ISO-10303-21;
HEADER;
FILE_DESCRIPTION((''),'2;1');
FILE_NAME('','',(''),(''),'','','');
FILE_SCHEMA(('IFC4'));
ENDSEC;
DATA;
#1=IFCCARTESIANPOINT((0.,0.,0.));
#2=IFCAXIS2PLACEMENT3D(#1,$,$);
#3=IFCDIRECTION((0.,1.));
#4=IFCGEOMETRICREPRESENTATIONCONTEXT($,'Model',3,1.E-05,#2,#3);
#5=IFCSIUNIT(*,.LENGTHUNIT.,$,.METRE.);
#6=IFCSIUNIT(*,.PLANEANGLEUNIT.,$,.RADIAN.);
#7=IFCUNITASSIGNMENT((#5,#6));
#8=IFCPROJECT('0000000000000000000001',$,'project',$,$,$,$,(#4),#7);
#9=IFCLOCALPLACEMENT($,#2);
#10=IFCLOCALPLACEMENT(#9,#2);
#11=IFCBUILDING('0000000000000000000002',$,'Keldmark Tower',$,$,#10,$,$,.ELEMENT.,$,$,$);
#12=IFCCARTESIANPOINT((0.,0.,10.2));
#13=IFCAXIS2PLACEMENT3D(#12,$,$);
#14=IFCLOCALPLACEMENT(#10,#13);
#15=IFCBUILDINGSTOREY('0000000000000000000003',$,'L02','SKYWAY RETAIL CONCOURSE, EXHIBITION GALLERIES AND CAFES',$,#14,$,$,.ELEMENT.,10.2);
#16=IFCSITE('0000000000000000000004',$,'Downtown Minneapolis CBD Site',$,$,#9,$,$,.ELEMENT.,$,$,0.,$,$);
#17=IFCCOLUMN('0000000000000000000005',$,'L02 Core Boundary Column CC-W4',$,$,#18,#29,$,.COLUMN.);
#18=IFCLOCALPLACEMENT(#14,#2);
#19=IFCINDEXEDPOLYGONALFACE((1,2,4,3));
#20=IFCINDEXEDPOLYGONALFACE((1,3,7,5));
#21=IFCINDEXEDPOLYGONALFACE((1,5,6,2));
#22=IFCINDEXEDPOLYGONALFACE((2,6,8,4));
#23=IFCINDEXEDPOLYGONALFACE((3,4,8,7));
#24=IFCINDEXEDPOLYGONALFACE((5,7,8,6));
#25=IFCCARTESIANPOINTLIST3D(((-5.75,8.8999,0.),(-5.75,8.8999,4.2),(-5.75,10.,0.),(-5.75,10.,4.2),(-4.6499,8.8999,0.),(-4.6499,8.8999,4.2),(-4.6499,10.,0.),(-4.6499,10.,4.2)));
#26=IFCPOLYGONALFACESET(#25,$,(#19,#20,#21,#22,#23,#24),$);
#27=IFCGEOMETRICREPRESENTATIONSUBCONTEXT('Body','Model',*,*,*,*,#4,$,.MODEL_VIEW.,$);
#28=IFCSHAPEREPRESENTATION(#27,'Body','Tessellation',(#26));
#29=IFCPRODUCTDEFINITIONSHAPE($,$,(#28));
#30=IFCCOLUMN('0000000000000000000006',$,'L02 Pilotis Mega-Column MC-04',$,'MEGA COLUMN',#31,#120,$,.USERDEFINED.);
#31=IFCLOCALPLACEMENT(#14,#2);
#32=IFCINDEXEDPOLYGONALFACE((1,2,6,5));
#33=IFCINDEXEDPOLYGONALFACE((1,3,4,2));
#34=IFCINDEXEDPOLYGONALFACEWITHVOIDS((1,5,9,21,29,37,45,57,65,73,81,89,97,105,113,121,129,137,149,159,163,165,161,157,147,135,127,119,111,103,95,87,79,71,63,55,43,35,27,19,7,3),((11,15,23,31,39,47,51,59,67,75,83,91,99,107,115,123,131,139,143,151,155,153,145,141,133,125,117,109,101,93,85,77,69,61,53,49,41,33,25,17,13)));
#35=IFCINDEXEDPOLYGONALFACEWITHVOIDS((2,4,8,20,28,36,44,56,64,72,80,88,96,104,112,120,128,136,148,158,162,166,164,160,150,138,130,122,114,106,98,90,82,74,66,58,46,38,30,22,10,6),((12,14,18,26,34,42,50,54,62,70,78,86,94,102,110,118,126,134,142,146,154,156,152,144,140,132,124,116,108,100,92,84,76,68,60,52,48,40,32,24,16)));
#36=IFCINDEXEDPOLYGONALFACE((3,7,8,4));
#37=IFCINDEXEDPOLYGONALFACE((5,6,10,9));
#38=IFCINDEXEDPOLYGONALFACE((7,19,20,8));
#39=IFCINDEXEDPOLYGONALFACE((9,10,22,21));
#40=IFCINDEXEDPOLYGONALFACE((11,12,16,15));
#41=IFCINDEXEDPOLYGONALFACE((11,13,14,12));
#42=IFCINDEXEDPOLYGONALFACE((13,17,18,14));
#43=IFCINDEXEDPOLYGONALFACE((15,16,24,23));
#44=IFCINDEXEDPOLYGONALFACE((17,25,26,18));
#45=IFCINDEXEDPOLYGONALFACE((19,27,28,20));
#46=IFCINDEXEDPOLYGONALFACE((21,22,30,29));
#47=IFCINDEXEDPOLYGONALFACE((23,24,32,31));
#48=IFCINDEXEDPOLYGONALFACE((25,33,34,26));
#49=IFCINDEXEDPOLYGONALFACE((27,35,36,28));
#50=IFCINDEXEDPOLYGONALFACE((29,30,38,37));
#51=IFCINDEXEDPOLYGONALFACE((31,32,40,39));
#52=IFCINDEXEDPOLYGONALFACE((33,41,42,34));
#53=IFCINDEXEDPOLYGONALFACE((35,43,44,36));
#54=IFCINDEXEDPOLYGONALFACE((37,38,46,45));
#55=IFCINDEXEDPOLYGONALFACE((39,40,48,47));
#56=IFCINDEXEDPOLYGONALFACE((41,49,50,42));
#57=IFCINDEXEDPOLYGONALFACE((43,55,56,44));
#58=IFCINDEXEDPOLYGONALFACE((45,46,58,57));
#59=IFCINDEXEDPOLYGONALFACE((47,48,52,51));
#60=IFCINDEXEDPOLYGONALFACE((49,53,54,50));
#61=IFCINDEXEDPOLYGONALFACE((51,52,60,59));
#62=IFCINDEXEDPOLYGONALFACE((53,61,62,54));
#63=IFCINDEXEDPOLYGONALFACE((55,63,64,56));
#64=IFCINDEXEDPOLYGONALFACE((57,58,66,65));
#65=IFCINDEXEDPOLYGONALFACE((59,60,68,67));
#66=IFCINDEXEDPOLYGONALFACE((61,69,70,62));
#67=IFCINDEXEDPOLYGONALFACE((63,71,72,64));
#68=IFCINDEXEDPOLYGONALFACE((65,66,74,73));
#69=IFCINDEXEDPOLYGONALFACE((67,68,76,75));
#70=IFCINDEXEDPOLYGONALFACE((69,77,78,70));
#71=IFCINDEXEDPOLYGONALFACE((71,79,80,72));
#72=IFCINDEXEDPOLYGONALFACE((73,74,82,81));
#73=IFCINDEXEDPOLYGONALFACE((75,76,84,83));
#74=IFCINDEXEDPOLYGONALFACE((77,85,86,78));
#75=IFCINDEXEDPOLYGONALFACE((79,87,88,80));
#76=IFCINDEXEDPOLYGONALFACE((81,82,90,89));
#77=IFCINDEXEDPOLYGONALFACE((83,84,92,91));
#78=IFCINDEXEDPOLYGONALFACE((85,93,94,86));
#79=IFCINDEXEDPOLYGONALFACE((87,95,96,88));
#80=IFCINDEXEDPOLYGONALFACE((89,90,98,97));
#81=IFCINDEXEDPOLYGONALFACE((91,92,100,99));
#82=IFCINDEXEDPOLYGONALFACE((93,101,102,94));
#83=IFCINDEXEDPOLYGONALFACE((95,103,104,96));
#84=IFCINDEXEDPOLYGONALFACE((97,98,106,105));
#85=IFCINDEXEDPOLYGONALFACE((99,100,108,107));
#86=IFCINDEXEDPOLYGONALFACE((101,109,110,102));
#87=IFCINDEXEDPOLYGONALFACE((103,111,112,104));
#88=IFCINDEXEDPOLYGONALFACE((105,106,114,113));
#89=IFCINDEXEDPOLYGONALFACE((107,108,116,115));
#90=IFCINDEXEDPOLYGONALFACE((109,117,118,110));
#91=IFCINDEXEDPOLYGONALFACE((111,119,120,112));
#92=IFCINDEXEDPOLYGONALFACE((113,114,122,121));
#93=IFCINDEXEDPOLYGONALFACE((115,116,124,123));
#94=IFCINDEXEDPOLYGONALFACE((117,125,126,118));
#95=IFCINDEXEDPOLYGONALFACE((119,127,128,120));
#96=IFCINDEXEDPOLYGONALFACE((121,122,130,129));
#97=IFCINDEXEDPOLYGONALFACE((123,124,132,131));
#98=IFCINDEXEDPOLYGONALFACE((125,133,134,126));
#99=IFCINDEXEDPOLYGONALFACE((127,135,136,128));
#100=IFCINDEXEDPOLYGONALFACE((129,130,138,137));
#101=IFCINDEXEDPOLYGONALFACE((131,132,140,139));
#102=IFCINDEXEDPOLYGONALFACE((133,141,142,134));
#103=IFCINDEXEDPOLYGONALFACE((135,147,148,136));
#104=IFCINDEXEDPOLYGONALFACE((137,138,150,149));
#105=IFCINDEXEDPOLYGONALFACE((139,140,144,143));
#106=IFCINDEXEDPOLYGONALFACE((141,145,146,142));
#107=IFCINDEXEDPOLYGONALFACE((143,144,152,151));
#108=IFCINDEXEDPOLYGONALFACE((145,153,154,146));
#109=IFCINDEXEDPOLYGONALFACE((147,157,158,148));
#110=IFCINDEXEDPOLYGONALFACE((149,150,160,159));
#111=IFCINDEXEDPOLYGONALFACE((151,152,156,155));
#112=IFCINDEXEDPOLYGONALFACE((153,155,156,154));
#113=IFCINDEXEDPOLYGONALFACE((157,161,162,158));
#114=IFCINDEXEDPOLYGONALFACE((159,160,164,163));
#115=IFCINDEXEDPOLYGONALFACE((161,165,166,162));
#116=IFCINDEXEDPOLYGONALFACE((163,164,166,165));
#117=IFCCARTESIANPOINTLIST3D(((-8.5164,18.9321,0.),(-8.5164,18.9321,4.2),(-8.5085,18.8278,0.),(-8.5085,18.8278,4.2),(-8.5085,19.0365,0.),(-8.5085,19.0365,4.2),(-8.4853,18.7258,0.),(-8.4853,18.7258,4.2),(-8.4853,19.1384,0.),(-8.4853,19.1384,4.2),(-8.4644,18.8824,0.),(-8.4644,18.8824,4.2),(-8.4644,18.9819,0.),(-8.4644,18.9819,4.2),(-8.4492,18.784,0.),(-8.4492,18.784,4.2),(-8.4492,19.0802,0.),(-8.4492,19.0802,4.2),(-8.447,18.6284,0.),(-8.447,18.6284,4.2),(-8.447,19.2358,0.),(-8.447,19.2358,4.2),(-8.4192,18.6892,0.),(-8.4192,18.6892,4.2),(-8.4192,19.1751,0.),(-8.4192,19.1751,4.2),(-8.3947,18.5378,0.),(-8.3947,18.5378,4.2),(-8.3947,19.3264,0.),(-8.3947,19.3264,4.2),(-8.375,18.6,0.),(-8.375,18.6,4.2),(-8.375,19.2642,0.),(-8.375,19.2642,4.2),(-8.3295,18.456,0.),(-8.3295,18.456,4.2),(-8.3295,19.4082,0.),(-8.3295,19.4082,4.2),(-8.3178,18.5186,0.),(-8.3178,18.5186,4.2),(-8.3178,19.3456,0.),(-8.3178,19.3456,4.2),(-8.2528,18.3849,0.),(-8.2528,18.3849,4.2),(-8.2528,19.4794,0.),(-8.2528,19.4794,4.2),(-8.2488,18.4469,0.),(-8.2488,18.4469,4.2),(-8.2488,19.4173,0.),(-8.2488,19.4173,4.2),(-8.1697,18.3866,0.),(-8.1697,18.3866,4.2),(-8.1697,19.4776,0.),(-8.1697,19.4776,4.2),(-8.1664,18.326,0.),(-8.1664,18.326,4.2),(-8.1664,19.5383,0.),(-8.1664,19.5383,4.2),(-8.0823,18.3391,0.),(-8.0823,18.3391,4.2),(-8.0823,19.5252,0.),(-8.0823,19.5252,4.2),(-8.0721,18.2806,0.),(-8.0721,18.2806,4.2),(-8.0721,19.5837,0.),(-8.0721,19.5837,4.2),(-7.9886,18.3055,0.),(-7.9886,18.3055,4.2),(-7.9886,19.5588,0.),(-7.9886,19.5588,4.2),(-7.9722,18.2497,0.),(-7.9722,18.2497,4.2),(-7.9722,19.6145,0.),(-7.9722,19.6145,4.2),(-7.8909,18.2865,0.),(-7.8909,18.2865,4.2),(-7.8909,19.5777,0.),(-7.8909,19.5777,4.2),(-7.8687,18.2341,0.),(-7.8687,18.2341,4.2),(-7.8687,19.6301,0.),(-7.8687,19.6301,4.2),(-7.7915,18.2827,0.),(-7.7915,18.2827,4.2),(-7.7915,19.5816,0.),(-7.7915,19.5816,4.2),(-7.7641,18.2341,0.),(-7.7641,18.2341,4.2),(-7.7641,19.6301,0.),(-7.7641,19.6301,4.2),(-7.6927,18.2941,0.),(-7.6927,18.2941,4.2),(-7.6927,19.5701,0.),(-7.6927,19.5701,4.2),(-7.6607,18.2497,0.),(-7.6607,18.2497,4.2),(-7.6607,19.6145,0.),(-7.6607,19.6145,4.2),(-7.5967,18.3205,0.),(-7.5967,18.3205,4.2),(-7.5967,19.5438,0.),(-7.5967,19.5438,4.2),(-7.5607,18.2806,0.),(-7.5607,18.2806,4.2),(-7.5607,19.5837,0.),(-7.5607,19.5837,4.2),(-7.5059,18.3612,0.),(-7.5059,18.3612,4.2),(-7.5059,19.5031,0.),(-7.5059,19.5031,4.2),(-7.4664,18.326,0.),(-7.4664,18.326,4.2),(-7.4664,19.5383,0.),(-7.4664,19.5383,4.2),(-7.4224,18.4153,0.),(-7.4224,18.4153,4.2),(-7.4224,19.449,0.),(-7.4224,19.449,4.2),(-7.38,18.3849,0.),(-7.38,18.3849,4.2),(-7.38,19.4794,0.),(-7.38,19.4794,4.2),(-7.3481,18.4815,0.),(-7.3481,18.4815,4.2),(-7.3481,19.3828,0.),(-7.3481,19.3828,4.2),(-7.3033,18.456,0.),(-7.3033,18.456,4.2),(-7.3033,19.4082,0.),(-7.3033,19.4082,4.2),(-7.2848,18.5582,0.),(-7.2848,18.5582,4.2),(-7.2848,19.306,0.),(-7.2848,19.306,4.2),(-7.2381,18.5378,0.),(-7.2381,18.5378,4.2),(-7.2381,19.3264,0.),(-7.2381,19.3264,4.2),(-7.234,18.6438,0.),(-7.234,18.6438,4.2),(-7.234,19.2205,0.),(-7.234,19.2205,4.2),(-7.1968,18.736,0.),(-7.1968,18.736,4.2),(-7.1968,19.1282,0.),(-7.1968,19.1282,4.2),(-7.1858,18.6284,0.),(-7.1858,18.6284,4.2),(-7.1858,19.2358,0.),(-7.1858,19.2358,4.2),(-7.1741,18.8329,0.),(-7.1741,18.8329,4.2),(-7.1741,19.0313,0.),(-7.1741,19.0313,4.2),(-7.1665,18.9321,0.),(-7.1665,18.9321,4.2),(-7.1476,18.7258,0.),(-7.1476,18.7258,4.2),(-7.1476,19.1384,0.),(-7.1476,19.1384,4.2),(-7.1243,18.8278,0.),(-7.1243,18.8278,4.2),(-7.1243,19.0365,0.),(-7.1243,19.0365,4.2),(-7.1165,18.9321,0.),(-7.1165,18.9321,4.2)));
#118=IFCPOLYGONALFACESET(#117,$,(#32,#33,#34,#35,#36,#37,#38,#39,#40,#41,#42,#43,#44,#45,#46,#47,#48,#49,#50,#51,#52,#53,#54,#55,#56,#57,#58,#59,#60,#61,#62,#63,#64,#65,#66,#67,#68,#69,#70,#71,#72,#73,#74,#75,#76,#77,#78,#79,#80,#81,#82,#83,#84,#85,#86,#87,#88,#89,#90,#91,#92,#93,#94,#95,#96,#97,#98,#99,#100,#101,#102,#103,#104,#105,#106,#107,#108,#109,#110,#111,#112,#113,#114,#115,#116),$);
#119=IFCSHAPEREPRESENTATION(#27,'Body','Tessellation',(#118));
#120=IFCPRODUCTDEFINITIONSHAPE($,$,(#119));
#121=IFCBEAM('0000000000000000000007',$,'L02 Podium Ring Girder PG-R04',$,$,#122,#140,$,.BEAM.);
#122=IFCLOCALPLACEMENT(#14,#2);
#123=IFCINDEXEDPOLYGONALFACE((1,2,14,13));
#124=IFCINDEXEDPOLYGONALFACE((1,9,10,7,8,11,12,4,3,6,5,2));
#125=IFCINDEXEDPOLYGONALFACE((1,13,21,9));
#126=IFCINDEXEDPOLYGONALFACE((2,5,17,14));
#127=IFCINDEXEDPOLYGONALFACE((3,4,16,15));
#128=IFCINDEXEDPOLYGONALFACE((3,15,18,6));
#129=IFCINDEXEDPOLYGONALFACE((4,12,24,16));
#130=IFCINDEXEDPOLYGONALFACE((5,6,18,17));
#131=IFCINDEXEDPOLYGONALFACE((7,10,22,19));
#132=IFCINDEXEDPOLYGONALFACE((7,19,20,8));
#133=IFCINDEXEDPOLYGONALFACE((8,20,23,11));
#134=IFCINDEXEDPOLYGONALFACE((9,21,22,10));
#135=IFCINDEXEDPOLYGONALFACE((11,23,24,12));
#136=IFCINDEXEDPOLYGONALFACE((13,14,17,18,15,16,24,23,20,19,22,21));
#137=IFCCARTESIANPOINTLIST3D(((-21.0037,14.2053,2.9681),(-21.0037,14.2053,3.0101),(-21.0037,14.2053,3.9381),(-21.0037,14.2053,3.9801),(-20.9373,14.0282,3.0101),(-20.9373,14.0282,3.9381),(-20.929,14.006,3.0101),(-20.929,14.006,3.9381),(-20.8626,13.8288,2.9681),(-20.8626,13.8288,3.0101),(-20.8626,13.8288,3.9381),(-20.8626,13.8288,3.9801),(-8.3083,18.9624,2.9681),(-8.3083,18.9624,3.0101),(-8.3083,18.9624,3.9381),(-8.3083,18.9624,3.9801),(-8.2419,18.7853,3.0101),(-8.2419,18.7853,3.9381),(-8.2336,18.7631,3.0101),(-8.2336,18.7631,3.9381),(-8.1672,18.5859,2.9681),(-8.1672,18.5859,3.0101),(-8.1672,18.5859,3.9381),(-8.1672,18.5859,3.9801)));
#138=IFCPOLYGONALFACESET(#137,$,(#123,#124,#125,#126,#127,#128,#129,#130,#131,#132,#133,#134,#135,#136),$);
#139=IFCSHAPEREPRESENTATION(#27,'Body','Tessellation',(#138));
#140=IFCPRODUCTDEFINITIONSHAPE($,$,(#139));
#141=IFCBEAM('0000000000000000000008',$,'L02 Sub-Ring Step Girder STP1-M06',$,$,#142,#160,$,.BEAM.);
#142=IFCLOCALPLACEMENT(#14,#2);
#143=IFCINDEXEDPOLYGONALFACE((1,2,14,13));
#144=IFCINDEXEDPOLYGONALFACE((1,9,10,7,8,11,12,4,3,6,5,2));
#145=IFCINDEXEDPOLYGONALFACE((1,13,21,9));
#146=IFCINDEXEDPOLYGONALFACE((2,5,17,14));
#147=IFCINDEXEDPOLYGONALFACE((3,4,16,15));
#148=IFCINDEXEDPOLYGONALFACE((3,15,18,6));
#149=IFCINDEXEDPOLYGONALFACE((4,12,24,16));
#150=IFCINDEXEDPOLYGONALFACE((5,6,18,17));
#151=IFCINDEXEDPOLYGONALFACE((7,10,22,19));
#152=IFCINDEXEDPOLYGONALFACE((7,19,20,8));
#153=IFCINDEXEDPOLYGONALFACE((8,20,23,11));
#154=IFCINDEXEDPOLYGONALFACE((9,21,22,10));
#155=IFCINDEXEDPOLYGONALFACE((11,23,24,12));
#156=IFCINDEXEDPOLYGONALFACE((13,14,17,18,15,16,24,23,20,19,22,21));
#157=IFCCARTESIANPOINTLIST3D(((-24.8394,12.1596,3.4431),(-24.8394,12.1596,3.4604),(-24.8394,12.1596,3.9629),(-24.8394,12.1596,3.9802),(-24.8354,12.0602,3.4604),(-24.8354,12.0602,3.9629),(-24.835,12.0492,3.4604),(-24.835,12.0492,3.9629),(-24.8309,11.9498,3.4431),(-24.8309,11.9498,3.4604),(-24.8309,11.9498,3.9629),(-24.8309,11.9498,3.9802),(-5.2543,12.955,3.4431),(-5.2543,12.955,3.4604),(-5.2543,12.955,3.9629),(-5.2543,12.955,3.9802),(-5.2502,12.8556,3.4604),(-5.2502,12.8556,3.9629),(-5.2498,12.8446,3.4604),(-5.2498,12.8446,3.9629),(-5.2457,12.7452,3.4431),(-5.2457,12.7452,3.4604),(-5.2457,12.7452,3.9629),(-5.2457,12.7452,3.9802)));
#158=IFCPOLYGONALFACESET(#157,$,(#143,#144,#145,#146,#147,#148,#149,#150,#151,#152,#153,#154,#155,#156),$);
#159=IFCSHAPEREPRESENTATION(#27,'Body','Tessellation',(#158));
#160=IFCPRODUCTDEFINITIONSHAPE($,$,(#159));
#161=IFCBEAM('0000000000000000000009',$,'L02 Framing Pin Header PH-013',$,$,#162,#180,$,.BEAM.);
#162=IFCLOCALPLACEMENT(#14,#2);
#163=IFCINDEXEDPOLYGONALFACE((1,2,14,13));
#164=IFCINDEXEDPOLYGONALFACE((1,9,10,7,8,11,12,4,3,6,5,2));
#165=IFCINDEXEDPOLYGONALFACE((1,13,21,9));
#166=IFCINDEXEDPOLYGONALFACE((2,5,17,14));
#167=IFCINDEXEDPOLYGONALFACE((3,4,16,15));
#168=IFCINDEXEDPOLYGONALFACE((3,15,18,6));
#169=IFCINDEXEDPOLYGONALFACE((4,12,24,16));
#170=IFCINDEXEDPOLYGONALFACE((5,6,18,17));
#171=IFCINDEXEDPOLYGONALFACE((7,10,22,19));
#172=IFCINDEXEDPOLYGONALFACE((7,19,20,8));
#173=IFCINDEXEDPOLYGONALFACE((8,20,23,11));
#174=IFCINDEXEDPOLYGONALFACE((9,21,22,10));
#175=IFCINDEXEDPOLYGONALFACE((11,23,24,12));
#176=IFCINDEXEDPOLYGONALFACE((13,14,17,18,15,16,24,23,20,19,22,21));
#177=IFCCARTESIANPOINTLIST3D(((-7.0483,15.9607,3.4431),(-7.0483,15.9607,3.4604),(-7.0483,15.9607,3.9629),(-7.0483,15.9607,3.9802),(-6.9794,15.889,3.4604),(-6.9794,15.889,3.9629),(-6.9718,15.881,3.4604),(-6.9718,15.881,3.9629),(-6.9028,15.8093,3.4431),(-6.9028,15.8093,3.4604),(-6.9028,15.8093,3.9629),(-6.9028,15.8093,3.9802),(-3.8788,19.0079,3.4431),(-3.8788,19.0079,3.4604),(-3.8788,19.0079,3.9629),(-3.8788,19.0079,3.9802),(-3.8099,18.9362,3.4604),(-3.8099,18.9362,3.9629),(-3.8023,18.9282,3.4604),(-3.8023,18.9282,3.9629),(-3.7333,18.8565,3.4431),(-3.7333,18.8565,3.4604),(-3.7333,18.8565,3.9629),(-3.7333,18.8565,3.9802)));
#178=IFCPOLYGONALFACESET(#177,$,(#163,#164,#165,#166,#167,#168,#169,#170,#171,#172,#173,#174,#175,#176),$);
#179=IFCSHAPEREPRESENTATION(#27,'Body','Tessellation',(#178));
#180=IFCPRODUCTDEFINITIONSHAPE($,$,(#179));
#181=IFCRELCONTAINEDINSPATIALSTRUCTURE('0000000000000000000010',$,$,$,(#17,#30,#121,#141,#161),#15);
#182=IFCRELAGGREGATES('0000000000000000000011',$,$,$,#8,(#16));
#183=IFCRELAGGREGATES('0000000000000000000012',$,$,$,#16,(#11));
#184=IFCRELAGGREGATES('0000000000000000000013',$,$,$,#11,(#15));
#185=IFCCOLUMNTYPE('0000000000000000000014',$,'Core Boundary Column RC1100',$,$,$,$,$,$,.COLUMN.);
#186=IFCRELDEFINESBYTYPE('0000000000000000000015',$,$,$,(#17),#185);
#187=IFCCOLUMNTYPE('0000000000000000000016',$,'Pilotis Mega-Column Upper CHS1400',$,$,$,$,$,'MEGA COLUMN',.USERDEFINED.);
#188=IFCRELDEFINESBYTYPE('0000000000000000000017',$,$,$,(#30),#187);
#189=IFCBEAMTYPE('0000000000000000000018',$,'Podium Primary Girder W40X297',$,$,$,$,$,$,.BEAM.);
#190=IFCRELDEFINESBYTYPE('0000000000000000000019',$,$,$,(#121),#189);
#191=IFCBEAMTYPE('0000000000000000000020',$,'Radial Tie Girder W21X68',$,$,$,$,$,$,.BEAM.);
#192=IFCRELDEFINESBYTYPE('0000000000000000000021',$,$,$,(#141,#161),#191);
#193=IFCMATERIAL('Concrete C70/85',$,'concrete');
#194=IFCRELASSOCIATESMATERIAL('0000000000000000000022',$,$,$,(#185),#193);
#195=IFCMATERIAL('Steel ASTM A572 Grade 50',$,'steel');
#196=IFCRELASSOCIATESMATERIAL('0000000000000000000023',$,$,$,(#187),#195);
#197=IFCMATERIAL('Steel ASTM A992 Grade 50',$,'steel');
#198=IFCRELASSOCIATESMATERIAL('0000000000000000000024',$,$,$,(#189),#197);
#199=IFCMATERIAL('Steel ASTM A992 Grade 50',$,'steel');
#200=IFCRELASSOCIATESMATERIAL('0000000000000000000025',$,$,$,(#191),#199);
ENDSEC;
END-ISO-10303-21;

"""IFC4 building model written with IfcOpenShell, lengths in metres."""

from ifc_helpers import new_model, si_unit, direction, frame, origin, origin_2d, place, context, subcontext, project, spatial, rectangle, hollow_circle, i_section, extrude, material, material_profile, profile_set, type_object, element, save


model = new_model("IFC4")

# Units and contexts
model_context = context("Model", 3, precision=1e-05, world=origin(), true_north=direction((0.0, 1.0)))
body_context = subcontext(model_context, "Body", "Model", "MODEL_VIEW")
ifc_project = project(units=[si_unit("LENGTHUNIT", "METRE"), si_unit("PLANEANGLEUNIT", "RADIAN")], contexts=[model_context])

# Site, building, storey
site_placement = place(None, origin())
site = spatial("IfcSite", under=ifc_project, at=site_placement, Name="Downtown Minneapolis CBD Site", CompositionType="ELEMENT", RefElevation=0.0)
building_placement = place(site_placement, origin())
building = spatial("IfcBuilding", under=site, at=building_placement, Name="Keldmark Tower", CompositionType="ELEMENT")
storey_placement = place(building_placement, frame((0.0, 0.0, 10.2)))
storey = spatial("IfcBuildingStorey", under=building, at=storey_placement, Name="L02", Description="SKYWAY RETAIL CONCOURSE, EXHIBITION GALLERIES AND CAFES", CompositionType="ELEMENT", Elevation=10.2)

# Columns
ifc_material_1 = material(Name="Concrete C70/85", Category="concrete")
ifc_material_profile_1 = material_profile(ifc_material_1, rectangle(XDim=1.1001, YDim=1.1001, at=origin_2d()), Name="RC1100X1100")
ifc_profile_set_1 = profile_set([ifc_material_profile_1], Name="Concrete C70/85")
column_type_1 = type_object("IfcColumnType", Name="Core Boundary Column RC1100", PredefinedType="COLUMN", material=ifc_profile_set_1)
column_1_placement = place(storey_placement, frame((-5.2, 9.45, 0.0), z_axis=(0.0, 0.0, 1.0), x_axis=(1.0, 0.0, 0.0)))
element("IfcColumn", 1, at=column_1_placement, inside=storey, type_object=column_type_1, Name="L02 Core Boundary Column CC-W4", PredefinedType="COLUMN", context=body_context, shape_type="SweptSolid", body=[
    extrude(rectangle(XDim=1.1001, YDim=1.1001, at=origin_2d()), origin(), (0.0, 0.0, 1.0), 4.2),
])
ifc_material_2 = material(Name="Steel ASTM A572 Grade 50", Category="steel")
ifc_material_profile_2 = material_profile(ifc_material_2, hollow_circle(Radius=0.7, WallThickness=0.05, at=origin_2d()), Name="CHS1400X50")
ifc_profile_set_2 = profile_set([ifc_material_profile_2], Name="Steel ASTM A572 Grade 50")
column_type_2 = type_object("IfcColumnType", Name="Pilotis Mega-Column Upper CHS1400", ElementType="MEGA COLUMN", PredefinedType="USERDEFINED", material=ifc_profile_set_2)
column_2_placement = place(storey_placement, frame((-7.8164, 18.9321, 0.0), z_axis=(0.0, 0.0, 1.0), x_axis=(1.0, 0.0, 0.0)))
element("IfcColumn", 2, at=column_2_placement, inside=storey, type_object=column_type_2, Name="L02 Pilotis Mega-Column MC-04", ObjectType="MEGA COLUMN", PredefinedType="USERDEFINED", context=body_context, shape_type="SweptSolid", body=[
    extrude(hollow_circle(Radius=0.7, WallThickness=0.05, at=origin_2d()), origin(), (0.0, 0.0, 1.0), 4.2),
])

# Beams
ifc_material_3 = material(Name="Steel ASTM A992 Grade 50", Category="steel")
ifc_material_profile_3 = material_profile(ifc_material_3, i_section(OverallWidth=0.4021, OverallDepth=1.012, WebThickness=0.0237, FlangeThickness=0.042, at=origin_2d()), Name="W40X297")
ifc_profile_set_3 = profile_set([ifc_material_profile_3], Name="Steel ASTM A992 Grade 50")
beam_type_1 = type_object("IfcBeamType", Name="Podium Primary Girder W40X297", PredefinedType="BEAM", material=ifc_profile_set_3)
beam_1_placement = place(storey_placement, frame((-8.2378, 18.7742, 3.4741), z_axis=(-0.936418, -0.350887, 0.0), x_axis=(0.350887, -0.936418, 0.0)))
element("IfcBeam", 3, at=beam_1_placement, inside=storey, type_object=beam_type_1, Name="L02 Podium Ring Girder PG-R04", PredefinedType="BEAM", context=body_context, shape_type="SweptSolid", body=[
    extrude(i_section(OverallWidth=0.4021, OverallDepth=1.012, WebThickness=0.0237, FlangeThickness=0.042, at=origin_2d()), origin(), (0.0, 0.0, 1.0), 13.5574),
])
ifc_material_4 = material(Name="Steel ASTM A992 Grade 50", Category="steel")
ifc_material_profile_4 = material_profile(ifc_material_4, i_section(OverallWidth=0.21, OverallDepth=0.5371, WebThickness=0.011, FlangeThickness=0.0173, at=origin_2d()), Name="W21X68")
ifc_profile_set_4 = profile_set([ifc_material_profile_4], Name="Steel ASTM A992 Grade 50")
beam_type_2 = type_object("IfcBeamType", Name="Radial Tie Girder W21X68", PredefinedType="BEAM", material=ifc_profile_set_4)
beam_2_placement = place(storey_placement, frame((-5.25, 12.8501, 3.7117), z_axis=(-0.999176, -0.040579, 0.0), x_axis=(0.040579, -0.999176, 0.0)))
element("IfcBeam", 4, at=beam_2_placement, inside=storey, type_object=beam_type_2, Name="L02 Sub-Ring Step Girder STP1-M06", PredefinedType="BEAM", context=body_context, shape_type="SweptSolid", body=[
    extrude(i_section(OverallWidth=0.21, OverallDepth=0.5371, WebThickness=0.011, FlangeThickness=0.0173, at=origin_2d()), origin(), (0.0, 0.0, 1.0), 19.6013),
])
beam_3_placement = place(storey_placement, frame((-6.9756, 15.885, 3.7117), z_axis=(0.72088, 0.69306, 0.0), x_axis=(-0.69306, 0.72088, 0.0)))
element("IfcBeam", 5, at=beam_3_placement, inside=storey, type_object=beam_type_2, Name="L02 Framing Pin Header PH-013", PredefinedType="BEAM", context=body_context, shape_type="SweptSolid", body=[
    extrude(i_section(OverallWidth=0.21, OverallDepth=0.5371, WebThickness=0.011, FlangeThickness=0.0173, at=origin_2d()), origin(), (0.0, 0.0, 1.0), 4.3967),
])

save(model, "model.ifc")
